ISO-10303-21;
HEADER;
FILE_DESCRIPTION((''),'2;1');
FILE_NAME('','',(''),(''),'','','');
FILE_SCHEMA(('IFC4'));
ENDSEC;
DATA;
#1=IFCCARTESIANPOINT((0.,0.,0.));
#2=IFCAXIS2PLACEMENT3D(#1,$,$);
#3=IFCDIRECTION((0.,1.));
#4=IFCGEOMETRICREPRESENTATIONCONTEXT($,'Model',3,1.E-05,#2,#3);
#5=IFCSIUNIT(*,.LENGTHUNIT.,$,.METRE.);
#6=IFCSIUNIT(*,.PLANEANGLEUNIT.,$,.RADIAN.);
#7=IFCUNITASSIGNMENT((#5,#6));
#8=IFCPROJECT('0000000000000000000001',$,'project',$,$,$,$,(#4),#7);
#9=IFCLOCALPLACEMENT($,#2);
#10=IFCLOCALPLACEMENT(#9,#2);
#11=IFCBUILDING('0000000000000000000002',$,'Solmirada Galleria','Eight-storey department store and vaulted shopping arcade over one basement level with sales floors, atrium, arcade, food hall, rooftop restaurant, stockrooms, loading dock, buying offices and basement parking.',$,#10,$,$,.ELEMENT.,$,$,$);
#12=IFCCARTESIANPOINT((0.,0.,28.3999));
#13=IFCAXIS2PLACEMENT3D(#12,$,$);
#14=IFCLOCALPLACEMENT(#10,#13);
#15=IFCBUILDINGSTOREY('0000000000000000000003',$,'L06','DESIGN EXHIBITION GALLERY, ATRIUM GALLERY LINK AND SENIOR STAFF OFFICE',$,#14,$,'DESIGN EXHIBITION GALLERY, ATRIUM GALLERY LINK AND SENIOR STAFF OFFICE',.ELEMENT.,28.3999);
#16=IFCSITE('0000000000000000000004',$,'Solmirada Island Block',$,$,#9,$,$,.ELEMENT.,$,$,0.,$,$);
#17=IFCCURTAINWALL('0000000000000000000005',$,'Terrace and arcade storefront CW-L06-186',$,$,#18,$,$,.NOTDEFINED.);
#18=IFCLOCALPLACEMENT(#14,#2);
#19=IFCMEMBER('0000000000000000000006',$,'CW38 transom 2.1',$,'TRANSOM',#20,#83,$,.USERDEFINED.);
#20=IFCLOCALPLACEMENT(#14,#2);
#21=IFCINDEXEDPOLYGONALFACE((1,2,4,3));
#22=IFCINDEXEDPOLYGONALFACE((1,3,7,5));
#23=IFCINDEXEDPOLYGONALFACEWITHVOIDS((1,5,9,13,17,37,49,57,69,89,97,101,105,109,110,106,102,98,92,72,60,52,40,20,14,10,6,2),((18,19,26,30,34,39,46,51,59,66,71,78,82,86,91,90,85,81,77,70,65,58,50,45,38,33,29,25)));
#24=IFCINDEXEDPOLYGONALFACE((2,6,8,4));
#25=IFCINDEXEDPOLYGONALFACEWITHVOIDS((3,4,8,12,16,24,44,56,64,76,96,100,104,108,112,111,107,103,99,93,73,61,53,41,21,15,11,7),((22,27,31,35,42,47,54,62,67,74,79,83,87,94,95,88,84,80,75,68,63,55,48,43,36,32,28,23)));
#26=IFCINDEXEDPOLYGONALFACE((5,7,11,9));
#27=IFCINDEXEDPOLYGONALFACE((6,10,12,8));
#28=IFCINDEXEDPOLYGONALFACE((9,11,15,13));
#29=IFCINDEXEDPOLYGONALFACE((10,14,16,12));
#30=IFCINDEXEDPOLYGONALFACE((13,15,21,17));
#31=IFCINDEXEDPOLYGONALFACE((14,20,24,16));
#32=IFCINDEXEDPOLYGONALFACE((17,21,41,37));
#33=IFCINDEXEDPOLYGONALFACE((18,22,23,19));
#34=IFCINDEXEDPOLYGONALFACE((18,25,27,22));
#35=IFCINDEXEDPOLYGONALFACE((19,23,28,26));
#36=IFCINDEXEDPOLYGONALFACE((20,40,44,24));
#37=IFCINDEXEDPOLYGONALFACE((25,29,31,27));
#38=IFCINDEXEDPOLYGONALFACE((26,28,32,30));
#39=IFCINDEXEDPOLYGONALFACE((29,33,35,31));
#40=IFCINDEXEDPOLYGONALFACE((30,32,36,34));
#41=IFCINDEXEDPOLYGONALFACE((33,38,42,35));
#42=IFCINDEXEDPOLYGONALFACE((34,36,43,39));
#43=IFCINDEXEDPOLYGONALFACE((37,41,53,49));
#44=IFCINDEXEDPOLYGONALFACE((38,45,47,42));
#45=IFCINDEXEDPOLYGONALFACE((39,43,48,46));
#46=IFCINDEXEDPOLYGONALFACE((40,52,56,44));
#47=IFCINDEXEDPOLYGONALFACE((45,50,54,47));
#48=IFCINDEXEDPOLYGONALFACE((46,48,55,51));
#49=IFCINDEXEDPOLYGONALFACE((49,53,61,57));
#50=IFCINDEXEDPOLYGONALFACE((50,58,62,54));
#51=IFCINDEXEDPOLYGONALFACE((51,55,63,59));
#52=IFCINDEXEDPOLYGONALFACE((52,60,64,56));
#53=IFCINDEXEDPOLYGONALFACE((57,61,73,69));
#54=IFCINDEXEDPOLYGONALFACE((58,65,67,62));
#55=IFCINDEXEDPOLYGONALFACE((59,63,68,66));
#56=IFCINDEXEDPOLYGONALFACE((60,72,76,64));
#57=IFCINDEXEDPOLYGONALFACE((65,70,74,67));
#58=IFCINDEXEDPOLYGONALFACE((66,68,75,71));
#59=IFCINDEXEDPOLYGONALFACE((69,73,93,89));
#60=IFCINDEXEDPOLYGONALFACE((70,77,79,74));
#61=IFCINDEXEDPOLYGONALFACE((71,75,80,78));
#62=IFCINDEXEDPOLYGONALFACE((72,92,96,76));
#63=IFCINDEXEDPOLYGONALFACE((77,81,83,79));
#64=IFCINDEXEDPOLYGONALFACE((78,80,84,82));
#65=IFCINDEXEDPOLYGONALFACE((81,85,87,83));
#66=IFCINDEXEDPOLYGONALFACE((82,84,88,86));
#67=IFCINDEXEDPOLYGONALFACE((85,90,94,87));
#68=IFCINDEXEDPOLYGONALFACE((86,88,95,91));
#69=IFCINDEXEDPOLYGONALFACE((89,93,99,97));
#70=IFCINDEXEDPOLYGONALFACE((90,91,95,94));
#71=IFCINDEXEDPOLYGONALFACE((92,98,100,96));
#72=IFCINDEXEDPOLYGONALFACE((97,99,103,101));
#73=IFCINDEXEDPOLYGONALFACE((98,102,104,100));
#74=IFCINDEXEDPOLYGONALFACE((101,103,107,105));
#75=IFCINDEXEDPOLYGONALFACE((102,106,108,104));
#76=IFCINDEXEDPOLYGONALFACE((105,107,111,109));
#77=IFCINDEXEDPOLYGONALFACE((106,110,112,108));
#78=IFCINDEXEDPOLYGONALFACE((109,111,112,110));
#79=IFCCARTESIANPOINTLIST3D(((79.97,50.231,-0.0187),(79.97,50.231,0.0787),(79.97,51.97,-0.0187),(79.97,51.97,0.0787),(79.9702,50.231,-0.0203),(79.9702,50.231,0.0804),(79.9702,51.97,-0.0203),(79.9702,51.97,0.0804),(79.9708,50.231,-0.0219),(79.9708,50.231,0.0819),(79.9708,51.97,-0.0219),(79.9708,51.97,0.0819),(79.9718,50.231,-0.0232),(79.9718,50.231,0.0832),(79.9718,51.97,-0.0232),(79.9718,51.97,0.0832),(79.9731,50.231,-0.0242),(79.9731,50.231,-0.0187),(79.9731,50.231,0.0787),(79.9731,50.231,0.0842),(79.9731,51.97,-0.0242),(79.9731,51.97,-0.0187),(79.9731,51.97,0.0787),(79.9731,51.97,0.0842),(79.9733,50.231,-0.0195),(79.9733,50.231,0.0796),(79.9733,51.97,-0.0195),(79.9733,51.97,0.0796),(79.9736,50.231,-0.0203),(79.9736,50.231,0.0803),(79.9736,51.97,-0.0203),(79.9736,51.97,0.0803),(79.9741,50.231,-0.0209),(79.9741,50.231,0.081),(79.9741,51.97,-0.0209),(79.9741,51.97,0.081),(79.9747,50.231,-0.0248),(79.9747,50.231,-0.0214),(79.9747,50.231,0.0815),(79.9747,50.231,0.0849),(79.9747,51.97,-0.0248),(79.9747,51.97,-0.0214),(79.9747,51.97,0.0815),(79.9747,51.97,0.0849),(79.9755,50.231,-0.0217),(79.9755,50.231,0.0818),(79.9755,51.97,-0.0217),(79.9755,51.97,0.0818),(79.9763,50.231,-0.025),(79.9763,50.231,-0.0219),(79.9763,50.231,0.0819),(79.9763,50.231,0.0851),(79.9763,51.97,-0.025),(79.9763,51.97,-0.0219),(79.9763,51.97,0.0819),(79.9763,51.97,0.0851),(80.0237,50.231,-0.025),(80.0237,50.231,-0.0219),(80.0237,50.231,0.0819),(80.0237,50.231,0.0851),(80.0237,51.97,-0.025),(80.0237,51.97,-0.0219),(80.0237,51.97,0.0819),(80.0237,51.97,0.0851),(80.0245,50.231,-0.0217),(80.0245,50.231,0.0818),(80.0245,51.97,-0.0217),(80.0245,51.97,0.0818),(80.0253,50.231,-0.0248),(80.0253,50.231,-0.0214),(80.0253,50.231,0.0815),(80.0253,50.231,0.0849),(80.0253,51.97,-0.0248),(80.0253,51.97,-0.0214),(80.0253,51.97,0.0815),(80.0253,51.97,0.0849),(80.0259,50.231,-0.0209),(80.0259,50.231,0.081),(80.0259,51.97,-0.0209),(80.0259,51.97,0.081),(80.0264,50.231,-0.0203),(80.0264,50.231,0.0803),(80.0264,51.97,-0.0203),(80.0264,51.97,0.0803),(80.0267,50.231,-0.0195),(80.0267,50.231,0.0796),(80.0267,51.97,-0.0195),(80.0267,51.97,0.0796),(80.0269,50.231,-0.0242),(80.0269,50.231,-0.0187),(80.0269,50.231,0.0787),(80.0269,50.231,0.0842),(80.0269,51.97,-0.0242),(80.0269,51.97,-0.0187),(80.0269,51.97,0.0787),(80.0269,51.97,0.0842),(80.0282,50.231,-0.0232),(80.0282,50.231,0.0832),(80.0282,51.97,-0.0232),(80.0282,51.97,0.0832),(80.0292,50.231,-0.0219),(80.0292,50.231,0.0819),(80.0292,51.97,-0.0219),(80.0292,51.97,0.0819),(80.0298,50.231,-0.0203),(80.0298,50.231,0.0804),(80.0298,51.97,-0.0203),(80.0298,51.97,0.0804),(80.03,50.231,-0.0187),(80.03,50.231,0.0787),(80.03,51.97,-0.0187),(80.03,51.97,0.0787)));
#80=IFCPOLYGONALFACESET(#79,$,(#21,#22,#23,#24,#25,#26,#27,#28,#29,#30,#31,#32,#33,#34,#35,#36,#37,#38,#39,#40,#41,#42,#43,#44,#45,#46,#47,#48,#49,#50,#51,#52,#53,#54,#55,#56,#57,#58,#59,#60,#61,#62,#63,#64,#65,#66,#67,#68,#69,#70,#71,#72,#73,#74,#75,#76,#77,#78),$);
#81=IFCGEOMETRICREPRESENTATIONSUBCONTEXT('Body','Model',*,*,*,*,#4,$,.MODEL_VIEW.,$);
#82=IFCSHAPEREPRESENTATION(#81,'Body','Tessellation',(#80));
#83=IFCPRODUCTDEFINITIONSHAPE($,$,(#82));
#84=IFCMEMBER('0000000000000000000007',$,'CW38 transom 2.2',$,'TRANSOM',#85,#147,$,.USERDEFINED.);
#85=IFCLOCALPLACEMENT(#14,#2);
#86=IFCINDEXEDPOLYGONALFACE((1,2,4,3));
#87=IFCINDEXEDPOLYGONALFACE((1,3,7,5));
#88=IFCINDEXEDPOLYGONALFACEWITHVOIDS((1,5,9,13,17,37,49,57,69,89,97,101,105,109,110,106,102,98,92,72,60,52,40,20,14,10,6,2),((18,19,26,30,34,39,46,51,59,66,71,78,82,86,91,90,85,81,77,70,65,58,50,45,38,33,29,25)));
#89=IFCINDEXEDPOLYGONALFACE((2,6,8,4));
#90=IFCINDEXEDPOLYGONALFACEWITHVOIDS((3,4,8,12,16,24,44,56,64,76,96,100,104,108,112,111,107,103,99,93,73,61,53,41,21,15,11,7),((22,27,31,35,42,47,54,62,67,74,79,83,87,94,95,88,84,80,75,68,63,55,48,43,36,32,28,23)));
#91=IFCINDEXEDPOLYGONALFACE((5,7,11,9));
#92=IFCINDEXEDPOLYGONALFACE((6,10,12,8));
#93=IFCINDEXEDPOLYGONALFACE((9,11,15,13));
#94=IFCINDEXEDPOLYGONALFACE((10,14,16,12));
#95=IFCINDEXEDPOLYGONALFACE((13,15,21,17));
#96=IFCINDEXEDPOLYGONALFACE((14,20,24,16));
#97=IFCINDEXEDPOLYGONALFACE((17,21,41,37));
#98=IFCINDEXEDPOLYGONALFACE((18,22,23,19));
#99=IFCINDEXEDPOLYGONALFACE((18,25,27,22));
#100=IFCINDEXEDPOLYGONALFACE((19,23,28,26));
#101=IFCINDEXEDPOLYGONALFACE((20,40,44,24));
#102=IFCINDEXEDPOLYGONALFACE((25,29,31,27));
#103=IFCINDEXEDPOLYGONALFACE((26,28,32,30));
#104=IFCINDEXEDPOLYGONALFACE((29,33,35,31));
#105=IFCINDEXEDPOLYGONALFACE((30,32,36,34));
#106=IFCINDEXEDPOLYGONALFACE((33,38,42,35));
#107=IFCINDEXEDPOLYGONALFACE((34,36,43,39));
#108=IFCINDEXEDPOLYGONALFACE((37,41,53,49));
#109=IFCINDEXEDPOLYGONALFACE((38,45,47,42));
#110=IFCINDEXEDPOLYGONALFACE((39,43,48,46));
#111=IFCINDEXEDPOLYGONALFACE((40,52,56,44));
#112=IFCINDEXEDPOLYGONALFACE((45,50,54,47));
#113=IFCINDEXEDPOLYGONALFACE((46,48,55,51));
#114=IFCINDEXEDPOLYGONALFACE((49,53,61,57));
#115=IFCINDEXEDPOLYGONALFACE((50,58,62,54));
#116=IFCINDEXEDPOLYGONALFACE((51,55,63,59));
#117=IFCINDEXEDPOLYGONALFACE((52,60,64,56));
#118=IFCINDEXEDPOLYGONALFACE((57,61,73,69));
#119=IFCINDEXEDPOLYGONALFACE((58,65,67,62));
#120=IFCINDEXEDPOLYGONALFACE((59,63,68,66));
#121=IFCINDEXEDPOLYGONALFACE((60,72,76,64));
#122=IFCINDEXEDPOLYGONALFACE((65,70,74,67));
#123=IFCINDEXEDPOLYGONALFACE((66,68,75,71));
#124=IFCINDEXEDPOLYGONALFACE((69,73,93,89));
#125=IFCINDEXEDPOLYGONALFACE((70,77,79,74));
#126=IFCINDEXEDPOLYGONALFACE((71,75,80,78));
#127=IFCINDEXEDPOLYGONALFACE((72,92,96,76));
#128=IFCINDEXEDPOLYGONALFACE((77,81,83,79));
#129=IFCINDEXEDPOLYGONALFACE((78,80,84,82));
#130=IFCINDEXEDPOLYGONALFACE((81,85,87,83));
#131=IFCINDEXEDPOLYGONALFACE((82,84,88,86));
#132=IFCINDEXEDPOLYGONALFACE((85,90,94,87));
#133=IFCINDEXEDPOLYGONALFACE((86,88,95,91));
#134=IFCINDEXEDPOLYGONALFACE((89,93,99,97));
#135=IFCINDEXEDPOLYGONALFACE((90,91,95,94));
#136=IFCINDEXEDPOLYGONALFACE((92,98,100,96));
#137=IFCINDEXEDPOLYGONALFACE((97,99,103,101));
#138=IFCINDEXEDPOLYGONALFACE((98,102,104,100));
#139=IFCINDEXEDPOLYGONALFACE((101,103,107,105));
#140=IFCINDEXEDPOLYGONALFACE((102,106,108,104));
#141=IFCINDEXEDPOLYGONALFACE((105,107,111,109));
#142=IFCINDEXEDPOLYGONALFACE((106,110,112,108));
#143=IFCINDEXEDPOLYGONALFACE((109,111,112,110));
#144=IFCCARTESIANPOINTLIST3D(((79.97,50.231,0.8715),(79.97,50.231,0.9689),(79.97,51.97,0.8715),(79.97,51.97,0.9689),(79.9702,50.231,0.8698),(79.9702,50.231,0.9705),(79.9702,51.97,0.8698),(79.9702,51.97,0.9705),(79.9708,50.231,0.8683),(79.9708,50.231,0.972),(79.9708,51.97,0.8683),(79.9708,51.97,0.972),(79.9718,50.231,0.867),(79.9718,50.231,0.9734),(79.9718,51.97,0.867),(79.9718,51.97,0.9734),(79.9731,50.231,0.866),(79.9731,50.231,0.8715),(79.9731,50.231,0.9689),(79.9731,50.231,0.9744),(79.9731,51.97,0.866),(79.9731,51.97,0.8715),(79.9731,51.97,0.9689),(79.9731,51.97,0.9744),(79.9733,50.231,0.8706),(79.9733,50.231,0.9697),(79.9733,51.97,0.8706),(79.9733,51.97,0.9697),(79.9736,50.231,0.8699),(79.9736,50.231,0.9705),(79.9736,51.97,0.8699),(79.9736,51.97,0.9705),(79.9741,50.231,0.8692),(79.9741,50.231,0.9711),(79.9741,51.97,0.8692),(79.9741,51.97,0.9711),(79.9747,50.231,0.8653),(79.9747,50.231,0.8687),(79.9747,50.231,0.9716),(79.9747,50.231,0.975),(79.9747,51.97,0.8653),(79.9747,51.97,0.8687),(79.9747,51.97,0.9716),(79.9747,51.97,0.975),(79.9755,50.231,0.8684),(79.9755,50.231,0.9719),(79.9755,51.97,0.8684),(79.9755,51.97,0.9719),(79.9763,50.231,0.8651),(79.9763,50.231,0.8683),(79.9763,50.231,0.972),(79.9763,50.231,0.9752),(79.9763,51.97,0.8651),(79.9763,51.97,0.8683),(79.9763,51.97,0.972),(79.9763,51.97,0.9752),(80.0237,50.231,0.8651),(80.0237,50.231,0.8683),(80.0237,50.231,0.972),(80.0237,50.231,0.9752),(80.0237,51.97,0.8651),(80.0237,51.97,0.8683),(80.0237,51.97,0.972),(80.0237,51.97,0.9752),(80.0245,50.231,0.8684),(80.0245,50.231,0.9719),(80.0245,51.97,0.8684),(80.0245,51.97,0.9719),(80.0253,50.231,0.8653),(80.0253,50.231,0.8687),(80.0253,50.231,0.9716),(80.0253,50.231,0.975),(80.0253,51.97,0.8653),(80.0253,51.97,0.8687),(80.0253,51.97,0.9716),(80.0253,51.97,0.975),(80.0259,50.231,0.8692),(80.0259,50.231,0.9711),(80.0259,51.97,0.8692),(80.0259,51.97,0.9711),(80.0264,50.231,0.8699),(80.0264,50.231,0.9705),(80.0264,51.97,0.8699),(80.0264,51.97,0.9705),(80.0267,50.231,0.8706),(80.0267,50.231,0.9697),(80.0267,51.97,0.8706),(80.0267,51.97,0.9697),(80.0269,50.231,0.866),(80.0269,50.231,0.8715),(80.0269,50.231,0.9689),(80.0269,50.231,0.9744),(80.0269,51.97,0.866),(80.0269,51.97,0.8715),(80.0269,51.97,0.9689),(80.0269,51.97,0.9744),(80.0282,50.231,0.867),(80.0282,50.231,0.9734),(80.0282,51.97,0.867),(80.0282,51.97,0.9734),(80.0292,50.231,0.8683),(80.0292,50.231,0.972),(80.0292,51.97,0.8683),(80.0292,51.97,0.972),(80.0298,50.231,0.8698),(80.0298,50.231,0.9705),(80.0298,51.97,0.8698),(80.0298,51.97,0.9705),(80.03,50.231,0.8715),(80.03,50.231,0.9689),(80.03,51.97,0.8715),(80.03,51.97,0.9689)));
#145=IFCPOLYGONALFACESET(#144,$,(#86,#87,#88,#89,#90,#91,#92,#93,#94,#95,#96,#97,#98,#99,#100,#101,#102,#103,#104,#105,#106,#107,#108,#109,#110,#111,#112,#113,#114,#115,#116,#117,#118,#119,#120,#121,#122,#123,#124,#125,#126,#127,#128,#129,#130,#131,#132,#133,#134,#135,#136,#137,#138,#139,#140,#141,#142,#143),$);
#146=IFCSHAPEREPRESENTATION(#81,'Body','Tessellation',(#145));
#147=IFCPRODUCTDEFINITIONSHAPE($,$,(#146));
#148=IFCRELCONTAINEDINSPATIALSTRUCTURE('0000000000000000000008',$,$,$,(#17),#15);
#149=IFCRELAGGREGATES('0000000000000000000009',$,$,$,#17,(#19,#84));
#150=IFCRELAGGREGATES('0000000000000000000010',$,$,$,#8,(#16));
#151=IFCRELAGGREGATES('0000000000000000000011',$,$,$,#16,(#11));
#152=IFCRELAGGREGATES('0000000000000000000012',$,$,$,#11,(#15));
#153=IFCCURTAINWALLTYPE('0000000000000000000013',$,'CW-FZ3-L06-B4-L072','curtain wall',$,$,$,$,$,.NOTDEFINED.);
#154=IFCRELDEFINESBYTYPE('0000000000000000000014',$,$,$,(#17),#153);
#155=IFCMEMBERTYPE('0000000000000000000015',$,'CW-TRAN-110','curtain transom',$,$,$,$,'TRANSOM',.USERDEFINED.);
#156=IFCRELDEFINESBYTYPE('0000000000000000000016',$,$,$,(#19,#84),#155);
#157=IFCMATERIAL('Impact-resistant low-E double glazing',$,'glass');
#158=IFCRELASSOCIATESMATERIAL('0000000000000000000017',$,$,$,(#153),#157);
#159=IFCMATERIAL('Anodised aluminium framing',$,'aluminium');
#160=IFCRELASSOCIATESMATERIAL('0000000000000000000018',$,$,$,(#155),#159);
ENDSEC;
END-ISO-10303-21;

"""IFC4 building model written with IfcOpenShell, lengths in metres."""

from ifc_helpers import new_model, si_unit, direction, frame, origin, origin_2d, place, context, subcontext, project, spatial, hollow_rectangle, extrude, material, material_profile, profile_set, type_object, element, aggregate, save


model = new_model("IFC4")

# Units and contexts
model_context = context("Model", 3, precision=1e-05, world=origin(), true_north=direction((0.0, 1.0)))
body_context = subcontext(model_context, "Body", "Model", "MODEL_VIEW")
ifc_project = project(units=[si_unit("LENGTHUNIT", "METRE"), si_unit("PLANEANGLEUNIT", "RADIAN")], contexts=[model_context])

# Site, building, storey
site_placement = place(None, origin())
site = spatial("IfcSite", under=ifc_project, at=site_placement, Name="Solmirada Island Block", CompositionType="ELEMENT", RefElevation=0.0)
building_placement = place(site_placement, origin())
building = spatial("IfcBuilding", under=site, at=building_placement, Name="Solmirada Galleria", Description="Eight-storey department store and vaulted shopping arcade over one basement level with sales floors, atrium, arcade, food hall, rooftop restaurant, stockrooms, loading dock, buying offices and basement parking.", CompositionType="ELEMENT")
storey_placement = place(building_placement, frame((0.0, 0.0, 28.3999)))
storey = spatial("IfcBuildingStorey", under=building, at=storey_placement, Name="L06", Description="DESIGN EXHIBITION GALLERY, ATRIUM GALLERY LINK AND SENIOR STAFF OFFICE", LongName="DESIGN EXHIBITION GALLERY, ATRIUM GALLERY LINK AND SENIOR STAFF OFFICE", CompositionType="ELEMENT", Elevation=28.3999)

# Curtain wall, members
ifc_material_1 = material(Name="Impact-resistant low-E double glazing", Category="glass")
curtain_wall_type = type_object("IfcCurtainWallType", Name="CW-FZ3-L06-B4-L072", Description="curtain wall", PredefinedType="NOTDEFINED", material=ifc_material_1)
curtain_wall_placement = place(storey_placement, origin())
curtain_wall = element("IfcCurtainWall", 1, at=curtain_wall_placement, inside=storey, type_object=curtain_wall_type, Name="Terrace and arcade storefront CW-L06-186", PredefinedType="NOTDEFINED")
ifc_material_2 = material(Name="Anodised aluminium framing", Category="aluminium")
ifc_material_profile_1 = material_profile(ifc_material_2, hollow_rectangle(XDim=0.0601, YDim=0.1101, WallThickness=0.0032, InnerFilletRadius=0.0032, OuterFilletRadius=0.0063, at=origin_2d()), Name="ALU-TRAN-110X60")
ifc_profile_set_1 = profile_set([ifc_material_profile_1], Name="Anodised aluminium framing")
member_type_1 = type_object("IfcMemberType", Name="CW-TRAN-110", Description="curtain transom", ElementType="TRANSOM", PredefinedType="USERDEFINED", material=ifc_profile_set_1)
member_1_placement = place(storey_placement, frame((80.0, 50.231, 0.03), z_axis=(0.0, 1.0, 0.0), x_axis=(-1.0, 0.0, 0.0)))
member_1 = element("IfcMember", 2, at=member_1_placement, type_object=member_type_1, Name="CW38 transom 2.1", ObjectType="TRANSOM", PredefinedType="USERDEFINED", context=body_context, shape_type="SweptSolid", body=[
    extrude(hollow_rectangle(XDim=0.0601, YDim=0.1101, WallThickness=0.0032, InnerFilletRadius=0.0032, OuterFilletRadius=0.0063, at=origin_2d()), origin(), (0.0, 0.0, 1.0), 1.739),
])
member_2_placement = place(storey_placement, frame((80.0, 50.231, 0.9202), z_axis=(0.0, 1.0, 0.0), x_axis=(-1.0, 0.0, 0.0)))
member_2 = element("IfcMember", 3, at=member_2_placement, type_object=member_type_1, Name="CW38 transom 2.2", ObjectType="TRANSOM", PredefinedType="USERDEFINED", context=body_context, shape_type="SweptSolid", body=[
    extrude(hollow_rectangle(XDim=0.0601, YDim=0.1101, WallThickness=0.0032, InnerFilletRadius=0.0032, OuterFilletRadius=0.0063, at=origin_2d()), origin(), (0.0, 0.0, 1.0), 1.739),
])
aggregate(curtain_wall, [member_1, member_2])

save(model, "model.ifc")
